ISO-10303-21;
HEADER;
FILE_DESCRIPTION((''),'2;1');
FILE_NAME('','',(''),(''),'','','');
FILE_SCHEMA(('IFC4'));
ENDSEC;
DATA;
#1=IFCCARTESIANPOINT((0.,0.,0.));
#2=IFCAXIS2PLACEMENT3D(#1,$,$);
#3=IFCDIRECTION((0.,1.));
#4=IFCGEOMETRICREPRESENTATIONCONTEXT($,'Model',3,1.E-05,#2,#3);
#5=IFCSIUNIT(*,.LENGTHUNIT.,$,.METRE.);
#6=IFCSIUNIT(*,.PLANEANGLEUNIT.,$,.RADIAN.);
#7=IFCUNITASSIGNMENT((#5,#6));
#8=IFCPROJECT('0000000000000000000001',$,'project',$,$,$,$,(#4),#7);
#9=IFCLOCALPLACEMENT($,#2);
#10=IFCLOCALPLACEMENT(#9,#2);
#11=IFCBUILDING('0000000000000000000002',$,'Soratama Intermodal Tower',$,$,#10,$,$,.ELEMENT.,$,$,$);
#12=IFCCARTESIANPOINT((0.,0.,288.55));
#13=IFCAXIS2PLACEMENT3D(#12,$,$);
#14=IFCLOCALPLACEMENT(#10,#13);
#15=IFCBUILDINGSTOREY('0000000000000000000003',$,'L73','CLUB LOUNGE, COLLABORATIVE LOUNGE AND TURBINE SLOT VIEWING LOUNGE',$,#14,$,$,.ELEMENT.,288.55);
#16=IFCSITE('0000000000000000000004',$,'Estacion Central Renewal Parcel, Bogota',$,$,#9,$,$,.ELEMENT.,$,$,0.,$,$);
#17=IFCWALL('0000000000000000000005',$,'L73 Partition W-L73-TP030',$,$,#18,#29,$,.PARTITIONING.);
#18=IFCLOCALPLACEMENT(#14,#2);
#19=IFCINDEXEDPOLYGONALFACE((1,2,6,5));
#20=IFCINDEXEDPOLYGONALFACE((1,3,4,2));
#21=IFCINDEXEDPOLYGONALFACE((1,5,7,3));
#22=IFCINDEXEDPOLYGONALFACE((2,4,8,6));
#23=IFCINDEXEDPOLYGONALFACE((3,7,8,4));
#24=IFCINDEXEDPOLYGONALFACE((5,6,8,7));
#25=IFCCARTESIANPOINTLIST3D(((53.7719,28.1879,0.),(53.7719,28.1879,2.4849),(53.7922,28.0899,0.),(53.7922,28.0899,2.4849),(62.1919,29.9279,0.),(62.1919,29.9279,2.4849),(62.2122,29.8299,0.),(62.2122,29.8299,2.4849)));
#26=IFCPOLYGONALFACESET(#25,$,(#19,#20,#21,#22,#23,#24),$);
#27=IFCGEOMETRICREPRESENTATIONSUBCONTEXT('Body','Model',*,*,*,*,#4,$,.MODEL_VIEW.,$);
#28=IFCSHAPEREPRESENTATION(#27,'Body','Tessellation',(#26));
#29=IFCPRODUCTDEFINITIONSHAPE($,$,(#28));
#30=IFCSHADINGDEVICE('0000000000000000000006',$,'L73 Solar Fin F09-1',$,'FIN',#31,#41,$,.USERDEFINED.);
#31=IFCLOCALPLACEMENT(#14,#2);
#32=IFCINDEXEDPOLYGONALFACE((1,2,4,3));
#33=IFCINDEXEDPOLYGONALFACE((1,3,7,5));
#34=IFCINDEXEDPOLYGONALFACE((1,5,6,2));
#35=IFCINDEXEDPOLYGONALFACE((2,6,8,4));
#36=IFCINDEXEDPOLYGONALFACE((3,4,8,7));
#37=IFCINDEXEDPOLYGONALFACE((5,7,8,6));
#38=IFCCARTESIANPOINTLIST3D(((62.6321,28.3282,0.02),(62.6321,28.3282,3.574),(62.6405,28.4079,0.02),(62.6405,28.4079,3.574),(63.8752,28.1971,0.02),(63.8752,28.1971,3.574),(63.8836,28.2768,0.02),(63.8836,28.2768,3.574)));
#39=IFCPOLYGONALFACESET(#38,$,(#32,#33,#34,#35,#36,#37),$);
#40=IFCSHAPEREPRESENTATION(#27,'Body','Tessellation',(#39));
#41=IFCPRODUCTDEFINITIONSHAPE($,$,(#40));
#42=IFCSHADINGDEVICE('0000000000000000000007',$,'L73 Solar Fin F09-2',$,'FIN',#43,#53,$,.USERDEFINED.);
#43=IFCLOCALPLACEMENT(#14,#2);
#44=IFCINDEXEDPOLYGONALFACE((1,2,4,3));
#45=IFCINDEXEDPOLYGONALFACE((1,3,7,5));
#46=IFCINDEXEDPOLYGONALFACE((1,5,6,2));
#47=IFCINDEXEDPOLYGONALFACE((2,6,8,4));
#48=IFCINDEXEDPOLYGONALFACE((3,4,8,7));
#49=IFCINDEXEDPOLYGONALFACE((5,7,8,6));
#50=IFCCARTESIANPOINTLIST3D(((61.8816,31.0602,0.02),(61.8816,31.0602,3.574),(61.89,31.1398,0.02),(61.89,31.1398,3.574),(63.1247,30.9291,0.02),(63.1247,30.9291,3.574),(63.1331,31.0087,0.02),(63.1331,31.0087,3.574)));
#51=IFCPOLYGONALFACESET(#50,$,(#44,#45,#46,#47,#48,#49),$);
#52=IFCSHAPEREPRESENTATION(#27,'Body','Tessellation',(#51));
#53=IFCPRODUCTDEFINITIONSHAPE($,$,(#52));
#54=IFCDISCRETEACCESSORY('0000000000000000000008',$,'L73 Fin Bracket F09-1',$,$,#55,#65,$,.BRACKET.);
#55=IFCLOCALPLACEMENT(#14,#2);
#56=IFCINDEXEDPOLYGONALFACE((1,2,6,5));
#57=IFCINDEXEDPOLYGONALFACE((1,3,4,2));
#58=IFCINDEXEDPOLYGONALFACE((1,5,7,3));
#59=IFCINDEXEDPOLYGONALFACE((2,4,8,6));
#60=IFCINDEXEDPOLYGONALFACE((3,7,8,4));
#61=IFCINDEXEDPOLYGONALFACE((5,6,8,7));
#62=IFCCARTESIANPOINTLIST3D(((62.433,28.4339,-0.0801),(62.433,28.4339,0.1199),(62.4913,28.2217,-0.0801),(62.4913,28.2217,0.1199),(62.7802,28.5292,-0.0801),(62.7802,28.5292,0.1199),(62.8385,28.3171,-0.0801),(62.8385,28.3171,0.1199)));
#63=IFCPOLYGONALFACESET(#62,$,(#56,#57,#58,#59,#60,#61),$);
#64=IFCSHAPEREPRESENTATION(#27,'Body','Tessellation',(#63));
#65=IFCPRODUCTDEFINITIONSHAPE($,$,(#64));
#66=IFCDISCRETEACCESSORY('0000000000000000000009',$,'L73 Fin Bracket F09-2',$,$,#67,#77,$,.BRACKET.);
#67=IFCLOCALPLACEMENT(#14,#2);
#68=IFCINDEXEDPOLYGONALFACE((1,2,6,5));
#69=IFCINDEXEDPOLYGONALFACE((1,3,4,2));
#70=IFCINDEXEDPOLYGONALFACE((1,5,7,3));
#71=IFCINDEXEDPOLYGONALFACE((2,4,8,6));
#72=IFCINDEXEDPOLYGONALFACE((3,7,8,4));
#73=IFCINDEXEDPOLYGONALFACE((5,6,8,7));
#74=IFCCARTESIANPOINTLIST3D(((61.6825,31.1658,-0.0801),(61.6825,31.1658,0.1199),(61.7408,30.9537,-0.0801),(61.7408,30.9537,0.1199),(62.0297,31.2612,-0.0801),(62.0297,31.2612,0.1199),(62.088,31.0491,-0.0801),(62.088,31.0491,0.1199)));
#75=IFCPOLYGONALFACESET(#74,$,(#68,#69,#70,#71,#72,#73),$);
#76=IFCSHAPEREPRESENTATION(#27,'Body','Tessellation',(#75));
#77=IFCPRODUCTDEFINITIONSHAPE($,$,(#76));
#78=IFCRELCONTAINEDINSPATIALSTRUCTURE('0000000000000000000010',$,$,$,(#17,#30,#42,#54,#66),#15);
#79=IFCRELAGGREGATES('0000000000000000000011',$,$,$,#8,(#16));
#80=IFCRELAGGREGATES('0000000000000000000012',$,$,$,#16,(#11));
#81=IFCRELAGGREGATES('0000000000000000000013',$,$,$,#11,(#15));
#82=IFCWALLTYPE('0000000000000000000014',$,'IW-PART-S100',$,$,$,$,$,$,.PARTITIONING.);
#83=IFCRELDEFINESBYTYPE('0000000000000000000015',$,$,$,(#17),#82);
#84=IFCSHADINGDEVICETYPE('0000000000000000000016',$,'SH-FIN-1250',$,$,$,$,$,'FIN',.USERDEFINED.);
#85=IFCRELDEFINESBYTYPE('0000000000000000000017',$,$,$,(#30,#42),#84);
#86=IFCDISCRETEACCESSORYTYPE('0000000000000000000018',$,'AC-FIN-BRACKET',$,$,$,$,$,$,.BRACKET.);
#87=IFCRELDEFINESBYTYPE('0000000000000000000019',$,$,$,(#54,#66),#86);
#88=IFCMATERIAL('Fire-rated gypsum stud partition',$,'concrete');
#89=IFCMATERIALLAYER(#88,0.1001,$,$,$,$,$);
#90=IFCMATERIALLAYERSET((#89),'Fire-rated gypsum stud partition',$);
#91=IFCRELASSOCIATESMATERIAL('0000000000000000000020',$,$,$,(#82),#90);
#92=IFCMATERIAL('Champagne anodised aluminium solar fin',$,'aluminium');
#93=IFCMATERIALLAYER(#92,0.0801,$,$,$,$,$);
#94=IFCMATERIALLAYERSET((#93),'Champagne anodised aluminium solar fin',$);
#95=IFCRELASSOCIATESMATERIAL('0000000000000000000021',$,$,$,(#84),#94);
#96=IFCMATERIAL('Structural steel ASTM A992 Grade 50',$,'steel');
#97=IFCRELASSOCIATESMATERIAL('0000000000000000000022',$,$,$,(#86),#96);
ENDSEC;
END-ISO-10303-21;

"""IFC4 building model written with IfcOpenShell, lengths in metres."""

from ifc_helpers import new_model, si_unit, direction, frame, frame_2d, origin, origin_2d, place, context, subcontext, project, spatial, rectangle, extrude, material, layer, layer_set, type_object, element, save


model = new_model("IFC4")

# Units and contexts
model_context = context("Model", 3, precision=1e-05, world=origin(), true_north=direction((0.0, 1.0)))
body_context = subcontext(model_context, "Body", "Model", "MODEL_VIEW")
ifc_project = project(units=[si_unit("LENGTHUNIT", "METRE"), si_unit("PLANEANGLEUNIT", "RADIAN")], contexts=[model_context])

# Site, building, storey
site_placement = place(None, origin())
site = spatial("IfcSite", under=ifc_project, at=site_placement, Name="Estacion Central Renewal Parcel, Bogota", CompositionType="ELEMENT", RefElevation=0.0)
building_placement = place(site_placement, origin())
building = spatial("IfcBuilding", under=site, at=building_placement, Name="Soratama Intermodal Tower", CompositionType="ELEMENT")
storey_placement = place(building_placement, frame((0.0, 0.0, 288.55)))
storey = spatial("IfcBuildingStorey", under=building, at=storey_placement, Name="L73", Description="CLUB LOUNGE, COLLABORATIVE LOUNGE AND TURBINE SLOT VIEWING LOUNGE", CompositionType="ELEMENT", Elevation=288.55)

# Wall
ifc_material_1 = material(Name="Fire-rated gypsum stud partition", Category="concrete")
ifc_layer_1 = layer(ifc_material_1, 0.1001)
ifc_layer_set_1 = layer_set([ifc_layer_1], Name="Fire-rated gypsum stud partition")
wall_type_1 = type_object("IfcWallType", Name="IW-PART-S100", PredefinedType="PARTITIONING", material=ifc_layer_set_1)
wall_1_placement = place(storey_placement, frame((62.2019, 29.8789, 0.0), z_axis=(0.0, 0.0, 1.0), x_axis=(-0.979308, -0.202376, 0.0)))
element("IfcWall", 1, at=wall_1_placement, inside=storey, type_object=wall_type_1, Name="L73 Partition W-L73-TP030", PredefinedType="PARTITIONING", context=body_context, shape_type="SweptSolid", body=[
    extrude(rectangle(XDim=8.5979, YDim=0.1001, at=frame_2d((4.2988, 0.0))), origin(), (0.0, 0.0, 1.0), 2.4849),
])

# Shading devices
ifc_material_2 = material(Name="Champagne anodised aluminium solar fin", Category="aluminium")
ifc_layer_2 = layer(ifc_material_2, 0.0801)
ifc_layer_set_2 = layer_set([ifc_layer_2], Name="Champagne anodised aluminium solar fin")
shading_device_type = type_object("IfcShadingDeviceType", Name="SH-FIN-1250", ElementType="FIN", PredefinedType="USERDEFINED", material=ifc_layer_set_2)
for number, where, z_axis, x_axis, name in (
    (2, (63.2578, 28.3025, 0.02), (0.0, 0.0, 1.0), (0.994485, -0.104876, 0.0), "L73 Solar Fin F09-1"),
    (3, (62.5073, 31.0344, 0.02), (0.0, 0.0, 1.0), (0.994485, -0.104876, 0.0), "L73 Solar Fin F09-2"),
):
    element("IfcShadingDevice", number, at=place(storey_placement, frame(where, z_axis=z_axis, x_axis=x_axis)), inside=storey, type_object=shading_device_type, Name=name, ObjectType="FIN", PredefinedType="USERDEFINED", context=body_context, shape_type="SweptSolid", body=[
        extrude(rectangle(XDim=1.25, YDim=0.0801, at=origin_2d()), origin(), (0.0, 0.0, 1.0), 3.554),
    ])

# Discrete accessories
ifc_material_3 = material(Name="Structural steel ASTM A992 Grade 50", Category="steel")
discrete_accessory_type = type_object("IfcDiscreteAccessoryType", Name="AC-FIN-BRACKET", PredefinedType="BRACKET", material=ifc_material_3)
for number, where, z_axis, x_axis, name in (
    (4, (62.6357, 28.3755, -0.0801), (0.0, 0.0, 1.0), (0.964281, 0.264883, 0.0), "L73 Fin Bracket F09-1"),
    (5, (61.8853, 31.1074, -0.0801), (0.0, 0.0, 1.0), (0.964281, 0.264883, 0.0), "L73 Fin Bracket F09-2"),
):
    element("IfcDiscreteAccessory", number, at=place(storey_placement, frame(where, z_axis=z_axis, x_axis=x_axis)), inside=storey, type_object=discrete_accessory_type, Name=name, PredefinedType="BRACKET", context=body_context, shape_type="SweptSolid", body=[
        extrude(rectangle(XDim=0.3601, YDim=0.22, at=origin_2d()), origin(), (0.0, 0.0, 1.0), 0.2),
    ])

save(model, "model.ifc")
